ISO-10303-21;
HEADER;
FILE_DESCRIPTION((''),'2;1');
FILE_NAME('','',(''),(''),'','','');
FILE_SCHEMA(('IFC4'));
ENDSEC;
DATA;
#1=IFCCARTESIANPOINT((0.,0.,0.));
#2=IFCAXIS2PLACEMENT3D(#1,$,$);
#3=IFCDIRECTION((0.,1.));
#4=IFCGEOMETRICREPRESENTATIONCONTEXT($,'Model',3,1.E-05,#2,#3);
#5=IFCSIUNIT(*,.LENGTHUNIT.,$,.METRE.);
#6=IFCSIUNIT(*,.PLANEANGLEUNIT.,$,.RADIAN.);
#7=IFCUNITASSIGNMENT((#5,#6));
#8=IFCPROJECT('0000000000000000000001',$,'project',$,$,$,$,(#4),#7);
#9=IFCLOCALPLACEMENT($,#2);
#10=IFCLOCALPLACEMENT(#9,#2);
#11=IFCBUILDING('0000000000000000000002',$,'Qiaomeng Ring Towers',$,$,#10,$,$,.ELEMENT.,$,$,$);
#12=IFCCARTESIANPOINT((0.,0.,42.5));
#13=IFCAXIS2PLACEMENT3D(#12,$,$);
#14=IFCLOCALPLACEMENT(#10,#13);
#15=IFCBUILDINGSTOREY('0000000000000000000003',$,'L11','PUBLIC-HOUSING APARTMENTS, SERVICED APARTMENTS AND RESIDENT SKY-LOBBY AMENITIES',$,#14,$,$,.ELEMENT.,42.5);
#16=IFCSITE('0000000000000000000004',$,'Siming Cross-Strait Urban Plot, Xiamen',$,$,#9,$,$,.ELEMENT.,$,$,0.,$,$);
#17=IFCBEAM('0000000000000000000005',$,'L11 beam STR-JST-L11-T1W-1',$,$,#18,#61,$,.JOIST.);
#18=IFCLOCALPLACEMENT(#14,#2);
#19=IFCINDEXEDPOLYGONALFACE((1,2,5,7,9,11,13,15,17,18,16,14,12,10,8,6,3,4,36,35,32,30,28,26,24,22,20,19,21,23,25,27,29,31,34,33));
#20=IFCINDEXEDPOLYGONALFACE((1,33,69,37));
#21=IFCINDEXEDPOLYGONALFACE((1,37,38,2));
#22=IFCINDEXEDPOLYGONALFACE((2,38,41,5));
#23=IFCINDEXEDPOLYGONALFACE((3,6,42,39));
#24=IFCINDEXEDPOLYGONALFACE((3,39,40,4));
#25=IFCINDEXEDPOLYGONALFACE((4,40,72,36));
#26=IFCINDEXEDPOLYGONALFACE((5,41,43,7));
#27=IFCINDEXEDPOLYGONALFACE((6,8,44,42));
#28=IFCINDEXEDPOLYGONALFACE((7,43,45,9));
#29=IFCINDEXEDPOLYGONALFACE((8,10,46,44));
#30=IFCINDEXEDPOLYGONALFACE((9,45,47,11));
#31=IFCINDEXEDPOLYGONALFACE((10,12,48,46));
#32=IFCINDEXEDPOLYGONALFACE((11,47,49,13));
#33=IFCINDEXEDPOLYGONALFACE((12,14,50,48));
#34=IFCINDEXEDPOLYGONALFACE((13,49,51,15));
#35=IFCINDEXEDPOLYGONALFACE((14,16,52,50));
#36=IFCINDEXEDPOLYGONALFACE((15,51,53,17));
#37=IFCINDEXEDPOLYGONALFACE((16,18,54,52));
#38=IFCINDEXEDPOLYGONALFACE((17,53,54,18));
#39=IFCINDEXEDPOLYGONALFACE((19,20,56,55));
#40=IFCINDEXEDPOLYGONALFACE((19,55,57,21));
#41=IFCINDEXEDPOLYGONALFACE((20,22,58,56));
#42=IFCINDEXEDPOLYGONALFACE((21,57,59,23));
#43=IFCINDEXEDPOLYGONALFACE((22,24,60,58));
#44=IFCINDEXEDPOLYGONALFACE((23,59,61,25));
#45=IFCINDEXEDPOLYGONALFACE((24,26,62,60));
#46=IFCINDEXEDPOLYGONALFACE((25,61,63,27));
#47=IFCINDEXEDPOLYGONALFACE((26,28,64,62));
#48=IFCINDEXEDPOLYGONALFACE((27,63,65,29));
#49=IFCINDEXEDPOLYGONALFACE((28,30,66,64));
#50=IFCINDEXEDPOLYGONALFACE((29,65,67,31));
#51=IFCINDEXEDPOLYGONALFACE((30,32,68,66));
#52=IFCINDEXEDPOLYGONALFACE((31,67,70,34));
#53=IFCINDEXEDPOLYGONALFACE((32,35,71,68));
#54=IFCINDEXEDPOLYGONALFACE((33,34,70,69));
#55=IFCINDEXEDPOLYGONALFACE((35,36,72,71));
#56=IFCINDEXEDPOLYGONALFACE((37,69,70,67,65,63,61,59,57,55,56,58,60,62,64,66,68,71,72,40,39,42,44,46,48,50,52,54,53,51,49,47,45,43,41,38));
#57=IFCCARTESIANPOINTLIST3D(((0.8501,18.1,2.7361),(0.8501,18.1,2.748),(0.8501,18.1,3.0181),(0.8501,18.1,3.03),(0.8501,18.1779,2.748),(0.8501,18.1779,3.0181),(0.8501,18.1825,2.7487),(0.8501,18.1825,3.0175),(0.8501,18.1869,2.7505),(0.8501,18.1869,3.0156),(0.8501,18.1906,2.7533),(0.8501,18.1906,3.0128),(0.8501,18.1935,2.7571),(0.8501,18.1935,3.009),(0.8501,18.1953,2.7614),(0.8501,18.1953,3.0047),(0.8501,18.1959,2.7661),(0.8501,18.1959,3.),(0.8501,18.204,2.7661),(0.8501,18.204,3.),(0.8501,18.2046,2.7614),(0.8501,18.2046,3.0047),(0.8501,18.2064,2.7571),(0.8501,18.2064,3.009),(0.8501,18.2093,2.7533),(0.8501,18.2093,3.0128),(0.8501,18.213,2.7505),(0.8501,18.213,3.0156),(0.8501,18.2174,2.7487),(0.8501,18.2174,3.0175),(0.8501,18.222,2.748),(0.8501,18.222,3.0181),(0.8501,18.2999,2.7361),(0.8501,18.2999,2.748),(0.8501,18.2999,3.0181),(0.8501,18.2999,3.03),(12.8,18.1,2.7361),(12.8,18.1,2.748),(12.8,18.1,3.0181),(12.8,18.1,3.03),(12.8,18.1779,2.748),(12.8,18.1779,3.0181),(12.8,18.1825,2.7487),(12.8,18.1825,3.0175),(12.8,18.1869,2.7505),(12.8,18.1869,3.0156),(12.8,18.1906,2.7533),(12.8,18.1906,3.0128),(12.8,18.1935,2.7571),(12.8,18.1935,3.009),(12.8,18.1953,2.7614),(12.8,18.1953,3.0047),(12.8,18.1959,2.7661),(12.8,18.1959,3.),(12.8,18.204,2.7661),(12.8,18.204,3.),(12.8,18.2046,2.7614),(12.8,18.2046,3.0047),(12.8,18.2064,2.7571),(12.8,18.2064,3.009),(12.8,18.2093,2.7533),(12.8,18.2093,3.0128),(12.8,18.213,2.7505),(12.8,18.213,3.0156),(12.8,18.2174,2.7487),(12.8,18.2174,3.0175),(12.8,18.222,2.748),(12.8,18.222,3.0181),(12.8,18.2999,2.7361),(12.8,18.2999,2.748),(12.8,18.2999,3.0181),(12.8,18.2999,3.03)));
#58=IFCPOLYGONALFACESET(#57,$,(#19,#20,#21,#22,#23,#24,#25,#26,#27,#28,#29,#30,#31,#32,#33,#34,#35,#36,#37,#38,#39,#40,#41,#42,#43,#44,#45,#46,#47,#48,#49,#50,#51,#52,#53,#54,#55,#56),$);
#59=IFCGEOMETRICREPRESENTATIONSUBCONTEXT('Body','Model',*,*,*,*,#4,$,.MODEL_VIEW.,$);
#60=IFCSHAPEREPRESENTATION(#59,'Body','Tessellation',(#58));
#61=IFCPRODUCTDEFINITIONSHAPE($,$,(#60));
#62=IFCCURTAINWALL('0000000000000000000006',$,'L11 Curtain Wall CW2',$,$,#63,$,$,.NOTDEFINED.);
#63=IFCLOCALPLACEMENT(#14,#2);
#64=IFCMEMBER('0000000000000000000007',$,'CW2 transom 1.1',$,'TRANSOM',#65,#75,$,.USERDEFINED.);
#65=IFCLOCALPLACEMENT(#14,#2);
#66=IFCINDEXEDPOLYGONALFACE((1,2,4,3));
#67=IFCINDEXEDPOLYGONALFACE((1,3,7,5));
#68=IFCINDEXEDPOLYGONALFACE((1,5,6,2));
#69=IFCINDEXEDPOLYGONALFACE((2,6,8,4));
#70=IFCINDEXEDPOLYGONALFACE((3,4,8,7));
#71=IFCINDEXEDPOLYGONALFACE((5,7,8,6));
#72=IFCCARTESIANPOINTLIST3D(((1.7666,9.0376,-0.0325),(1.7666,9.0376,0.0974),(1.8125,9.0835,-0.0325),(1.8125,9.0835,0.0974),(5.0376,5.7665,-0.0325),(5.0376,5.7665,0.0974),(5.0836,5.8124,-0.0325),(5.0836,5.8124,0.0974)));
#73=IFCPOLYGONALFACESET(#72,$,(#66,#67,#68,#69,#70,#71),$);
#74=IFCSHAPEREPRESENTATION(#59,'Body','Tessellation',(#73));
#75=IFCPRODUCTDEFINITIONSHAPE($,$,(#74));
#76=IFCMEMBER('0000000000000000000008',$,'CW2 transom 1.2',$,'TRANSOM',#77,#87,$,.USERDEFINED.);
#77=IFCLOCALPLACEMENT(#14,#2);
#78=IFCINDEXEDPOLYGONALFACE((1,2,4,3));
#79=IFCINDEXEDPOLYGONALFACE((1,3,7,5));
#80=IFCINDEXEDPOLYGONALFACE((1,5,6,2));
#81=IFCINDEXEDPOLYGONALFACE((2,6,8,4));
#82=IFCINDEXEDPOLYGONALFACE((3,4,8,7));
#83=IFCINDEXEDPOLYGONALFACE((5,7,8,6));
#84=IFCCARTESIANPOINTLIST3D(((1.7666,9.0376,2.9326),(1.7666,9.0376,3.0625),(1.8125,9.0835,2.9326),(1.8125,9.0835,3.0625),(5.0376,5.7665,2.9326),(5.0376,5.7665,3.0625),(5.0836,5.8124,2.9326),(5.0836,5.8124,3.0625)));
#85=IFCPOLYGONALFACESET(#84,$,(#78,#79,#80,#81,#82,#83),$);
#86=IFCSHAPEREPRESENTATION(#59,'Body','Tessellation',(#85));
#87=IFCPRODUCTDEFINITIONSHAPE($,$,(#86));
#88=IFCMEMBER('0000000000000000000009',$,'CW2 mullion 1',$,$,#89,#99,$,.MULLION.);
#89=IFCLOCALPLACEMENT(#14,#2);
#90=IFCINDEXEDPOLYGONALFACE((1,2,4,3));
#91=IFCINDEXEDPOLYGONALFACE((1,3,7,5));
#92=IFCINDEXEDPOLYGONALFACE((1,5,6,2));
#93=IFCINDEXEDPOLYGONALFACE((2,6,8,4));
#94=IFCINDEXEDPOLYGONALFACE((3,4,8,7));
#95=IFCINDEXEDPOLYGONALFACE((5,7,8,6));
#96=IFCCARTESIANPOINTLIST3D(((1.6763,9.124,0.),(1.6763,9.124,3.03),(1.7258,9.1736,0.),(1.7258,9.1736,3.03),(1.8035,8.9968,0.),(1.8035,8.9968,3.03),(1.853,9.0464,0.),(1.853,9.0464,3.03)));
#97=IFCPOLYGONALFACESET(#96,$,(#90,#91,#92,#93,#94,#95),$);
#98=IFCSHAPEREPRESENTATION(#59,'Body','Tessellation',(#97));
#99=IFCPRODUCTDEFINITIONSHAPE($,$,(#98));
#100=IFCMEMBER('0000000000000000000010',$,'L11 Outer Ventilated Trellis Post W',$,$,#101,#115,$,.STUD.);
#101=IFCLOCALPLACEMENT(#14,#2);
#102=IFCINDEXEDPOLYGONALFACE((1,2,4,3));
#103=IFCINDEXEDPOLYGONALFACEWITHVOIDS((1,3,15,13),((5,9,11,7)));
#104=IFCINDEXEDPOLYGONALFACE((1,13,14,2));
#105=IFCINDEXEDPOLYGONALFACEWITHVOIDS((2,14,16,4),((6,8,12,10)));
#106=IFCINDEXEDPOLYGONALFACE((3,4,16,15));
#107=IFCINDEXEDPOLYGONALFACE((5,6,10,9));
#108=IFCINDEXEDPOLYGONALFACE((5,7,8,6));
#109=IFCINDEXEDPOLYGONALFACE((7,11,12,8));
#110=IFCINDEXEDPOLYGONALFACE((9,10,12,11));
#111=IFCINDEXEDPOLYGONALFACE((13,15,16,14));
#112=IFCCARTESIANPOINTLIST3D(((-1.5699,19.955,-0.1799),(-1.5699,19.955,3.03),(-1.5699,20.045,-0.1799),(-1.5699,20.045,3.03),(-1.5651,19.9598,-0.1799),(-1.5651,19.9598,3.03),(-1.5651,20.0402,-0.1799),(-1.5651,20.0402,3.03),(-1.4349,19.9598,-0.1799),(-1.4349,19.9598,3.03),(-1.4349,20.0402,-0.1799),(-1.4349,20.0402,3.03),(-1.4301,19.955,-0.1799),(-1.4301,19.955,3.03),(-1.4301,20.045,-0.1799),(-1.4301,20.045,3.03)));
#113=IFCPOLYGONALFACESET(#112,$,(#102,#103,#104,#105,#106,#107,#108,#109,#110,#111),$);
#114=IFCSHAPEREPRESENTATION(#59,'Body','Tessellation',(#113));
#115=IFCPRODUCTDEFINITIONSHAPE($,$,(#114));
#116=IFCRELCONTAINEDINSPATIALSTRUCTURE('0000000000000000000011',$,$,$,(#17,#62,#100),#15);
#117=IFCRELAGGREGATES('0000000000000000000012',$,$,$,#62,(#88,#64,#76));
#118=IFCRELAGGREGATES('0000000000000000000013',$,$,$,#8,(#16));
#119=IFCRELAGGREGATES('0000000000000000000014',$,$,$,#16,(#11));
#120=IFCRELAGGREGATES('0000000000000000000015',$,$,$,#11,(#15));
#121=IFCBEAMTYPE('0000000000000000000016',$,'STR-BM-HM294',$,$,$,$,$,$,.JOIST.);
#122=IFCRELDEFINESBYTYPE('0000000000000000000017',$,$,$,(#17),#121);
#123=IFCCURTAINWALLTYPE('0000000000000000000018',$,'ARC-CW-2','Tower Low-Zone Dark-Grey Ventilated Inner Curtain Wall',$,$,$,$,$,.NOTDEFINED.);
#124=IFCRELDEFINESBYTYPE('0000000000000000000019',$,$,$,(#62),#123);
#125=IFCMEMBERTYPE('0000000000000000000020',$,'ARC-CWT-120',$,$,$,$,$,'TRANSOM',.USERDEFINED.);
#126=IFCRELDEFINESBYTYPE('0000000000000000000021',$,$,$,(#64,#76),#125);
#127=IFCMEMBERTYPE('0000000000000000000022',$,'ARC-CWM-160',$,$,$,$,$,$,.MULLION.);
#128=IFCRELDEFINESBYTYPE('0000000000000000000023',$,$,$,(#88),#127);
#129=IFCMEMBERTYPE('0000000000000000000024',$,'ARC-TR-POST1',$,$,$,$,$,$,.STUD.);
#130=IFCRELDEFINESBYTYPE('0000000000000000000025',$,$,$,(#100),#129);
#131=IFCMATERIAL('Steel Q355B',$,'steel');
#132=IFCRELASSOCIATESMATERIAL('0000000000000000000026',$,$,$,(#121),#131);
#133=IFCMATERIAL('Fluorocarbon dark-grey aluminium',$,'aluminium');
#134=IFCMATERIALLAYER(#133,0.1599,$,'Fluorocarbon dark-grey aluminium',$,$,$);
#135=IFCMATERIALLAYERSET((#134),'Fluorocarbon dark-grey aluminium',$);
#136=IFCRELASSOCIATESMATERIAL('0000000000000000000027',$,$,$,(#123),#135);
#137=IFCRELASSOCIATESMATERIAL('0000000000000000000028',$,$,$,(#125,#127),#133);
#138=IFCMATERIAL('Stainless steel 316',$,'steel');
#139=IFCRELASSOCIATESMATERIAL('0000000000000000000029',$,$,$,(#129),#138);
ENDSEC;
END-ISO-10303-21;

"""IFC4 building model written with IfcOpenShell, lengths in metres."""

from ifc_helpers import new_model, si_unit, direction, frame, origin, origin_2d, place, context, subcontext, project, spatial, rectangle, hollow_rectangle, i_section, extrude, source, transform, mapped, material, layer, layer_set, material_profile, profile_set, type_object, element, aggregate, save


model = new_model("IFC4")

# Units and contexts
model_context = context("Model", 3, precision=1e-05, world=origin(), true_north=direction((0.0, 1.0)))
body_context = subcontext(model_context, "Body", "Model", "MODEL_VIEW")
ifc_project = project(units=[si_unit("LENGTHUNIT", "METRE"), si_unit("PLANEANGLEUNIT", "RADIAN")], contexts=[model_context])

# Site, building, storey
site_placement = place(None, origin())
site = spatial("IfcSite", under=ifc_project, at=site_placement, Name="Siming Cross-Strait Urban Plot, Xiamen", CompositionType="ELEMENT", RefElevation=0.0)
building_placement = place(site_placement, origin())
building = spatial("IfcBuilding", under=site, at=building_placement, Name="Qiaomeng Ring Towers", CompositionType="ELEMENT")
storey_placement = place(building_placement, frame((0.0, 0.0, 42.5)))
storey = spatial("IfcBuildingStorey", under=building, at=storey_placement, Name="L11", Description="PUBLIC-HOUSING APARTMENTS, SERVICED APARTMENTS AND RESIDENT SKY-LOBBY AMENITIES", CompositionType="ELEMENT", Elevation=42.5)

# Beam
ifc_material_1 = material(Name="Steel Q355B", Category="steel")
ifc_material_profile_1 = material_profile(ifc_material_1, i_section(OverallWidth=0.2, OverallDepth=0.2939, WebThickness=0.0081, FlangeThickness=0.012, FilletRadius=0.0181, at=origin_2d()), Name="HM 294x200x8x12")
ifc_profile_set_1 = profile_set([ifc_material_profile_1], Name="Steel Q355B")
beam_type_1 = type_object("IfcBeamType", Name="STR-BM-HM294", PredefinedType="JOIST", material=ifc_profile_set_1)
shared_shape_1 = source(origin(), body_context, "Body", "SweptSolid", [
    extrude(i_section(OverallWidth=0.2, OverallDepth=0.2939, WebThickness=0.0081, FlangeThickness=0.012, FilletRadius=0.0181, at=origin_2d()), origin(), (0.0, 0.0, 1.0), 11.95),
])
beam_1_placement = place(storey_placement, frame((0.8501, 18.2, 2.8831), z_axis=(1.0, 0.0, 0.0), x_axis=(0.0, 1.0, 0.0)))
element("IfcBeam", 1, at=beam_1_placement, inside=storey, type_object=beam_type_1, Name="L11 beam STR-JST-L11-T1W-1", PredefinedType="JOIST", context=body_context, shape_type="MappedRepresentation", body=[
    mapped(shared_shape_1, transform((0.0, 0.0, 0.0), x_axis=(1.0, 0.0, 0.0), y_axis=(0.0, 1.0, 0.0), z_axis=(0.0, 0.0, 1.0), scale=1.0)),
])

# Curtain wall, members
ifc_material_2 = material(Name="Fluorocarbon dark-grey aluminium", Category="aluminium")
ifc_layer_1 = layer(ifc_material_2, 0.1599, Name="Fluorocarbon dark-grey aluminium")
ifc_layer_set_1 = layer_set([ifc_layer_1], Name="Fluorocarbon dark-grey aluminium")
curtain_wall_type = type_object("IfcCurtainWallType", Name="ARC-CW-2", Description="Tower Low-Zone Dark-Grey Ventilated Inner Curtain Wall", PredefinedType="NOTDEFINED", material=ifc_layer_set_1)
curtain_wall_placement = place(storey_placement, origin())
curtain_wall = element("IfcCurtainWall", 2, at=curtain_wall_placement, inside=storey, type_object=curtain_wall_type, Name="L11 Curtain Wall CW2", PredefinedType="NOTDEFINED")
ifc_material_profile_2 = material_profile(ifc_material_2, rectangle(XDim=0.0649, YDim=0.1299, at=origin_2d()), Name="ALU TRAN 65x130")
ifc_profile_set_2 = profile_set([ifc_material_profile_2], Name="Fluorocarbon dark-grey aluminium")
member_type_1 = type_object("IfcMemberType", Name="ARC-CWT-120", ElementType="TRANSOM", PredefinedType="USERDEFINED", material=ifc_profile_set_2)
shared_shape_2 = source(origin(), body_context, "Body", "SweptSolid", [
    extrude(rectangle(XDim=0.0649, YDim=0.1299, at=origin_2d()), origin(), (0.0, 0.0, 1.0), 4.626),
])
member_1_placement = place(storey_placement, frame((1.7896, 9.0605, 0.0325), z_axis=(0.707107, -0.707107, 0.0), x_axis=(0.707107, 0.707107, 0.0)))
member_1 = element("IfcMember", 3, at=member_1_placement, type_object=member_type_1, Name="CW2 transom 1.1", ObjectType="TRANSOM", PredefinedType="USERDEFINED", context=body_context, shape_type="MappedRepresentation", body=[
    mapped(shared_shape_2, transform((0.0, 0.0, 0.0), x_axis=(1.0, 0.0, 0.0), y_axis=(0.0, 1.0, 0.0), z_axis=(0.0, 0.0, 1.0), scale=1.0)),
])
member_2_placement = place(storey_placement, frame((1.7896, 9.0605, 2.9976), z_axis=(0.707107, -0.707107, 0.0), x_axis=(0.707107, 0.707107, 0.0)))
member_2 = element("IfcMember", 4, at=member_2_placement, type_object=member_type_1, Name="CW2 transom 1.2", ObjectType="TRANSOM", PredefinedType="USERDEFINED", context=body_context, shape_type="MappedRepresentation", body=[
    mapped(shared_shape_2, transform((0.0, 0.0, 0.0), x_axis=(1.0, 0.0, 0.0), y_axis=(0.0, 1.0, 0.0), z_axis=(0.0, 0.0, 1.0), scale=1.0)),
])
ifc_material_profile_3 = material_profile(ifc_material_2, rectangle(XDim=0.0701, YDim=0.1799, at=origin_2d()), Name="ALU MULL 70x180")
ifc_profile_set_3 = profile_set([ifc_material_profile_3], Name="Fluorocarbon dark-grey aluminium")
member_type_2 = type_object("IfcMemberType", Name="ARC-CWM-160", PredefinedType="MULLION", material=ifc_profile_set_3)
shared_shape_3 = source(origin(), body_context, "Body", "SweptSolid", [
    extrude(rectangle(XDim=0.0701, YDim=0.1799, at=origin_2d()), origin(), (0.0, 0.0, 1.0), 3.03),
])
member_3_placement = place(storey_placement, frame((1.7646, 9.0852, 0.0), z_axis=(0.0, 0.0, 1.0), x_axis=(0.707107, 0.707107, 0.0)))
member_3 = element("IfcMember", 5, at=member_3_placement, type_object=member_type_2, Name="CW2 mullion 1", PredefinedType="MULLION", context=body_context, shape_type="MappedRepresentation", body=[
    mapped(shared_shape_3, transform((0.0, 0.0, 0.0), x_axis=(1.0, 0.0, 0.0), y_axis=(0.0, 1.0, 0.0), z_axis=(0.0, 0.0, 1.0), scale=1.0)),
])
aggregate(curtain_wall, [member_3, member_1, member_2])

# Member
ifc_material_3 = material(Name="Stainless steel 316", Category="steel")
ifc_material_profile_4 = material_profile(ifc_material_3, hollow_rectangle(XDim=0.0901, YDim=0.1399, WallThickness=0.0049, at=origin_2d()), Name="SS TRELLIS 90x140")
ifc_profile_set_4 = profile_set([ifc_material_profile_4], Name="Stainless steel 316")
member_type_3 = type_object("IfcMemberType", Name="ARC-TR-POST1", PredefinedType="STUD", material=ifc_profile_set_4)
shared_shape_4 = source(origin(), body_context, "Body", "SweptSolid", [
    extrude(hollow_rectangle(XDim=0.0901, YDim=0.1399, WallThickness=0.0049, at=origin_2d()), origin(), (0.0, 0.0, 1.0), 3.21),
])
member_4_placement = place(storey_placement, frame((-1.5, 20.0, -0.1799), z_axis=(0.0, 0.0, 1.0), x_axis=(0.0, 1.0, 0.0)))
element("IfcMember", 6, at=member_4_placement, inside=storey, type_object=member_type_3, Name="L11 Outer Ventilated Trellis Post W", PredefinedType="STUD", context=body_context, shape_type="MappedRepresentation", body=[
    mapped(shared_shape_4, transform((0.0, 0.0, 0.0), x_axis=(1.0, 0.0, 0.0), y_axis=(0.0, 1.0, 0.0), z_axis=(0.0, 0.0, 1.0), scale=1.0)),
])

save(model, "model.ifc")
